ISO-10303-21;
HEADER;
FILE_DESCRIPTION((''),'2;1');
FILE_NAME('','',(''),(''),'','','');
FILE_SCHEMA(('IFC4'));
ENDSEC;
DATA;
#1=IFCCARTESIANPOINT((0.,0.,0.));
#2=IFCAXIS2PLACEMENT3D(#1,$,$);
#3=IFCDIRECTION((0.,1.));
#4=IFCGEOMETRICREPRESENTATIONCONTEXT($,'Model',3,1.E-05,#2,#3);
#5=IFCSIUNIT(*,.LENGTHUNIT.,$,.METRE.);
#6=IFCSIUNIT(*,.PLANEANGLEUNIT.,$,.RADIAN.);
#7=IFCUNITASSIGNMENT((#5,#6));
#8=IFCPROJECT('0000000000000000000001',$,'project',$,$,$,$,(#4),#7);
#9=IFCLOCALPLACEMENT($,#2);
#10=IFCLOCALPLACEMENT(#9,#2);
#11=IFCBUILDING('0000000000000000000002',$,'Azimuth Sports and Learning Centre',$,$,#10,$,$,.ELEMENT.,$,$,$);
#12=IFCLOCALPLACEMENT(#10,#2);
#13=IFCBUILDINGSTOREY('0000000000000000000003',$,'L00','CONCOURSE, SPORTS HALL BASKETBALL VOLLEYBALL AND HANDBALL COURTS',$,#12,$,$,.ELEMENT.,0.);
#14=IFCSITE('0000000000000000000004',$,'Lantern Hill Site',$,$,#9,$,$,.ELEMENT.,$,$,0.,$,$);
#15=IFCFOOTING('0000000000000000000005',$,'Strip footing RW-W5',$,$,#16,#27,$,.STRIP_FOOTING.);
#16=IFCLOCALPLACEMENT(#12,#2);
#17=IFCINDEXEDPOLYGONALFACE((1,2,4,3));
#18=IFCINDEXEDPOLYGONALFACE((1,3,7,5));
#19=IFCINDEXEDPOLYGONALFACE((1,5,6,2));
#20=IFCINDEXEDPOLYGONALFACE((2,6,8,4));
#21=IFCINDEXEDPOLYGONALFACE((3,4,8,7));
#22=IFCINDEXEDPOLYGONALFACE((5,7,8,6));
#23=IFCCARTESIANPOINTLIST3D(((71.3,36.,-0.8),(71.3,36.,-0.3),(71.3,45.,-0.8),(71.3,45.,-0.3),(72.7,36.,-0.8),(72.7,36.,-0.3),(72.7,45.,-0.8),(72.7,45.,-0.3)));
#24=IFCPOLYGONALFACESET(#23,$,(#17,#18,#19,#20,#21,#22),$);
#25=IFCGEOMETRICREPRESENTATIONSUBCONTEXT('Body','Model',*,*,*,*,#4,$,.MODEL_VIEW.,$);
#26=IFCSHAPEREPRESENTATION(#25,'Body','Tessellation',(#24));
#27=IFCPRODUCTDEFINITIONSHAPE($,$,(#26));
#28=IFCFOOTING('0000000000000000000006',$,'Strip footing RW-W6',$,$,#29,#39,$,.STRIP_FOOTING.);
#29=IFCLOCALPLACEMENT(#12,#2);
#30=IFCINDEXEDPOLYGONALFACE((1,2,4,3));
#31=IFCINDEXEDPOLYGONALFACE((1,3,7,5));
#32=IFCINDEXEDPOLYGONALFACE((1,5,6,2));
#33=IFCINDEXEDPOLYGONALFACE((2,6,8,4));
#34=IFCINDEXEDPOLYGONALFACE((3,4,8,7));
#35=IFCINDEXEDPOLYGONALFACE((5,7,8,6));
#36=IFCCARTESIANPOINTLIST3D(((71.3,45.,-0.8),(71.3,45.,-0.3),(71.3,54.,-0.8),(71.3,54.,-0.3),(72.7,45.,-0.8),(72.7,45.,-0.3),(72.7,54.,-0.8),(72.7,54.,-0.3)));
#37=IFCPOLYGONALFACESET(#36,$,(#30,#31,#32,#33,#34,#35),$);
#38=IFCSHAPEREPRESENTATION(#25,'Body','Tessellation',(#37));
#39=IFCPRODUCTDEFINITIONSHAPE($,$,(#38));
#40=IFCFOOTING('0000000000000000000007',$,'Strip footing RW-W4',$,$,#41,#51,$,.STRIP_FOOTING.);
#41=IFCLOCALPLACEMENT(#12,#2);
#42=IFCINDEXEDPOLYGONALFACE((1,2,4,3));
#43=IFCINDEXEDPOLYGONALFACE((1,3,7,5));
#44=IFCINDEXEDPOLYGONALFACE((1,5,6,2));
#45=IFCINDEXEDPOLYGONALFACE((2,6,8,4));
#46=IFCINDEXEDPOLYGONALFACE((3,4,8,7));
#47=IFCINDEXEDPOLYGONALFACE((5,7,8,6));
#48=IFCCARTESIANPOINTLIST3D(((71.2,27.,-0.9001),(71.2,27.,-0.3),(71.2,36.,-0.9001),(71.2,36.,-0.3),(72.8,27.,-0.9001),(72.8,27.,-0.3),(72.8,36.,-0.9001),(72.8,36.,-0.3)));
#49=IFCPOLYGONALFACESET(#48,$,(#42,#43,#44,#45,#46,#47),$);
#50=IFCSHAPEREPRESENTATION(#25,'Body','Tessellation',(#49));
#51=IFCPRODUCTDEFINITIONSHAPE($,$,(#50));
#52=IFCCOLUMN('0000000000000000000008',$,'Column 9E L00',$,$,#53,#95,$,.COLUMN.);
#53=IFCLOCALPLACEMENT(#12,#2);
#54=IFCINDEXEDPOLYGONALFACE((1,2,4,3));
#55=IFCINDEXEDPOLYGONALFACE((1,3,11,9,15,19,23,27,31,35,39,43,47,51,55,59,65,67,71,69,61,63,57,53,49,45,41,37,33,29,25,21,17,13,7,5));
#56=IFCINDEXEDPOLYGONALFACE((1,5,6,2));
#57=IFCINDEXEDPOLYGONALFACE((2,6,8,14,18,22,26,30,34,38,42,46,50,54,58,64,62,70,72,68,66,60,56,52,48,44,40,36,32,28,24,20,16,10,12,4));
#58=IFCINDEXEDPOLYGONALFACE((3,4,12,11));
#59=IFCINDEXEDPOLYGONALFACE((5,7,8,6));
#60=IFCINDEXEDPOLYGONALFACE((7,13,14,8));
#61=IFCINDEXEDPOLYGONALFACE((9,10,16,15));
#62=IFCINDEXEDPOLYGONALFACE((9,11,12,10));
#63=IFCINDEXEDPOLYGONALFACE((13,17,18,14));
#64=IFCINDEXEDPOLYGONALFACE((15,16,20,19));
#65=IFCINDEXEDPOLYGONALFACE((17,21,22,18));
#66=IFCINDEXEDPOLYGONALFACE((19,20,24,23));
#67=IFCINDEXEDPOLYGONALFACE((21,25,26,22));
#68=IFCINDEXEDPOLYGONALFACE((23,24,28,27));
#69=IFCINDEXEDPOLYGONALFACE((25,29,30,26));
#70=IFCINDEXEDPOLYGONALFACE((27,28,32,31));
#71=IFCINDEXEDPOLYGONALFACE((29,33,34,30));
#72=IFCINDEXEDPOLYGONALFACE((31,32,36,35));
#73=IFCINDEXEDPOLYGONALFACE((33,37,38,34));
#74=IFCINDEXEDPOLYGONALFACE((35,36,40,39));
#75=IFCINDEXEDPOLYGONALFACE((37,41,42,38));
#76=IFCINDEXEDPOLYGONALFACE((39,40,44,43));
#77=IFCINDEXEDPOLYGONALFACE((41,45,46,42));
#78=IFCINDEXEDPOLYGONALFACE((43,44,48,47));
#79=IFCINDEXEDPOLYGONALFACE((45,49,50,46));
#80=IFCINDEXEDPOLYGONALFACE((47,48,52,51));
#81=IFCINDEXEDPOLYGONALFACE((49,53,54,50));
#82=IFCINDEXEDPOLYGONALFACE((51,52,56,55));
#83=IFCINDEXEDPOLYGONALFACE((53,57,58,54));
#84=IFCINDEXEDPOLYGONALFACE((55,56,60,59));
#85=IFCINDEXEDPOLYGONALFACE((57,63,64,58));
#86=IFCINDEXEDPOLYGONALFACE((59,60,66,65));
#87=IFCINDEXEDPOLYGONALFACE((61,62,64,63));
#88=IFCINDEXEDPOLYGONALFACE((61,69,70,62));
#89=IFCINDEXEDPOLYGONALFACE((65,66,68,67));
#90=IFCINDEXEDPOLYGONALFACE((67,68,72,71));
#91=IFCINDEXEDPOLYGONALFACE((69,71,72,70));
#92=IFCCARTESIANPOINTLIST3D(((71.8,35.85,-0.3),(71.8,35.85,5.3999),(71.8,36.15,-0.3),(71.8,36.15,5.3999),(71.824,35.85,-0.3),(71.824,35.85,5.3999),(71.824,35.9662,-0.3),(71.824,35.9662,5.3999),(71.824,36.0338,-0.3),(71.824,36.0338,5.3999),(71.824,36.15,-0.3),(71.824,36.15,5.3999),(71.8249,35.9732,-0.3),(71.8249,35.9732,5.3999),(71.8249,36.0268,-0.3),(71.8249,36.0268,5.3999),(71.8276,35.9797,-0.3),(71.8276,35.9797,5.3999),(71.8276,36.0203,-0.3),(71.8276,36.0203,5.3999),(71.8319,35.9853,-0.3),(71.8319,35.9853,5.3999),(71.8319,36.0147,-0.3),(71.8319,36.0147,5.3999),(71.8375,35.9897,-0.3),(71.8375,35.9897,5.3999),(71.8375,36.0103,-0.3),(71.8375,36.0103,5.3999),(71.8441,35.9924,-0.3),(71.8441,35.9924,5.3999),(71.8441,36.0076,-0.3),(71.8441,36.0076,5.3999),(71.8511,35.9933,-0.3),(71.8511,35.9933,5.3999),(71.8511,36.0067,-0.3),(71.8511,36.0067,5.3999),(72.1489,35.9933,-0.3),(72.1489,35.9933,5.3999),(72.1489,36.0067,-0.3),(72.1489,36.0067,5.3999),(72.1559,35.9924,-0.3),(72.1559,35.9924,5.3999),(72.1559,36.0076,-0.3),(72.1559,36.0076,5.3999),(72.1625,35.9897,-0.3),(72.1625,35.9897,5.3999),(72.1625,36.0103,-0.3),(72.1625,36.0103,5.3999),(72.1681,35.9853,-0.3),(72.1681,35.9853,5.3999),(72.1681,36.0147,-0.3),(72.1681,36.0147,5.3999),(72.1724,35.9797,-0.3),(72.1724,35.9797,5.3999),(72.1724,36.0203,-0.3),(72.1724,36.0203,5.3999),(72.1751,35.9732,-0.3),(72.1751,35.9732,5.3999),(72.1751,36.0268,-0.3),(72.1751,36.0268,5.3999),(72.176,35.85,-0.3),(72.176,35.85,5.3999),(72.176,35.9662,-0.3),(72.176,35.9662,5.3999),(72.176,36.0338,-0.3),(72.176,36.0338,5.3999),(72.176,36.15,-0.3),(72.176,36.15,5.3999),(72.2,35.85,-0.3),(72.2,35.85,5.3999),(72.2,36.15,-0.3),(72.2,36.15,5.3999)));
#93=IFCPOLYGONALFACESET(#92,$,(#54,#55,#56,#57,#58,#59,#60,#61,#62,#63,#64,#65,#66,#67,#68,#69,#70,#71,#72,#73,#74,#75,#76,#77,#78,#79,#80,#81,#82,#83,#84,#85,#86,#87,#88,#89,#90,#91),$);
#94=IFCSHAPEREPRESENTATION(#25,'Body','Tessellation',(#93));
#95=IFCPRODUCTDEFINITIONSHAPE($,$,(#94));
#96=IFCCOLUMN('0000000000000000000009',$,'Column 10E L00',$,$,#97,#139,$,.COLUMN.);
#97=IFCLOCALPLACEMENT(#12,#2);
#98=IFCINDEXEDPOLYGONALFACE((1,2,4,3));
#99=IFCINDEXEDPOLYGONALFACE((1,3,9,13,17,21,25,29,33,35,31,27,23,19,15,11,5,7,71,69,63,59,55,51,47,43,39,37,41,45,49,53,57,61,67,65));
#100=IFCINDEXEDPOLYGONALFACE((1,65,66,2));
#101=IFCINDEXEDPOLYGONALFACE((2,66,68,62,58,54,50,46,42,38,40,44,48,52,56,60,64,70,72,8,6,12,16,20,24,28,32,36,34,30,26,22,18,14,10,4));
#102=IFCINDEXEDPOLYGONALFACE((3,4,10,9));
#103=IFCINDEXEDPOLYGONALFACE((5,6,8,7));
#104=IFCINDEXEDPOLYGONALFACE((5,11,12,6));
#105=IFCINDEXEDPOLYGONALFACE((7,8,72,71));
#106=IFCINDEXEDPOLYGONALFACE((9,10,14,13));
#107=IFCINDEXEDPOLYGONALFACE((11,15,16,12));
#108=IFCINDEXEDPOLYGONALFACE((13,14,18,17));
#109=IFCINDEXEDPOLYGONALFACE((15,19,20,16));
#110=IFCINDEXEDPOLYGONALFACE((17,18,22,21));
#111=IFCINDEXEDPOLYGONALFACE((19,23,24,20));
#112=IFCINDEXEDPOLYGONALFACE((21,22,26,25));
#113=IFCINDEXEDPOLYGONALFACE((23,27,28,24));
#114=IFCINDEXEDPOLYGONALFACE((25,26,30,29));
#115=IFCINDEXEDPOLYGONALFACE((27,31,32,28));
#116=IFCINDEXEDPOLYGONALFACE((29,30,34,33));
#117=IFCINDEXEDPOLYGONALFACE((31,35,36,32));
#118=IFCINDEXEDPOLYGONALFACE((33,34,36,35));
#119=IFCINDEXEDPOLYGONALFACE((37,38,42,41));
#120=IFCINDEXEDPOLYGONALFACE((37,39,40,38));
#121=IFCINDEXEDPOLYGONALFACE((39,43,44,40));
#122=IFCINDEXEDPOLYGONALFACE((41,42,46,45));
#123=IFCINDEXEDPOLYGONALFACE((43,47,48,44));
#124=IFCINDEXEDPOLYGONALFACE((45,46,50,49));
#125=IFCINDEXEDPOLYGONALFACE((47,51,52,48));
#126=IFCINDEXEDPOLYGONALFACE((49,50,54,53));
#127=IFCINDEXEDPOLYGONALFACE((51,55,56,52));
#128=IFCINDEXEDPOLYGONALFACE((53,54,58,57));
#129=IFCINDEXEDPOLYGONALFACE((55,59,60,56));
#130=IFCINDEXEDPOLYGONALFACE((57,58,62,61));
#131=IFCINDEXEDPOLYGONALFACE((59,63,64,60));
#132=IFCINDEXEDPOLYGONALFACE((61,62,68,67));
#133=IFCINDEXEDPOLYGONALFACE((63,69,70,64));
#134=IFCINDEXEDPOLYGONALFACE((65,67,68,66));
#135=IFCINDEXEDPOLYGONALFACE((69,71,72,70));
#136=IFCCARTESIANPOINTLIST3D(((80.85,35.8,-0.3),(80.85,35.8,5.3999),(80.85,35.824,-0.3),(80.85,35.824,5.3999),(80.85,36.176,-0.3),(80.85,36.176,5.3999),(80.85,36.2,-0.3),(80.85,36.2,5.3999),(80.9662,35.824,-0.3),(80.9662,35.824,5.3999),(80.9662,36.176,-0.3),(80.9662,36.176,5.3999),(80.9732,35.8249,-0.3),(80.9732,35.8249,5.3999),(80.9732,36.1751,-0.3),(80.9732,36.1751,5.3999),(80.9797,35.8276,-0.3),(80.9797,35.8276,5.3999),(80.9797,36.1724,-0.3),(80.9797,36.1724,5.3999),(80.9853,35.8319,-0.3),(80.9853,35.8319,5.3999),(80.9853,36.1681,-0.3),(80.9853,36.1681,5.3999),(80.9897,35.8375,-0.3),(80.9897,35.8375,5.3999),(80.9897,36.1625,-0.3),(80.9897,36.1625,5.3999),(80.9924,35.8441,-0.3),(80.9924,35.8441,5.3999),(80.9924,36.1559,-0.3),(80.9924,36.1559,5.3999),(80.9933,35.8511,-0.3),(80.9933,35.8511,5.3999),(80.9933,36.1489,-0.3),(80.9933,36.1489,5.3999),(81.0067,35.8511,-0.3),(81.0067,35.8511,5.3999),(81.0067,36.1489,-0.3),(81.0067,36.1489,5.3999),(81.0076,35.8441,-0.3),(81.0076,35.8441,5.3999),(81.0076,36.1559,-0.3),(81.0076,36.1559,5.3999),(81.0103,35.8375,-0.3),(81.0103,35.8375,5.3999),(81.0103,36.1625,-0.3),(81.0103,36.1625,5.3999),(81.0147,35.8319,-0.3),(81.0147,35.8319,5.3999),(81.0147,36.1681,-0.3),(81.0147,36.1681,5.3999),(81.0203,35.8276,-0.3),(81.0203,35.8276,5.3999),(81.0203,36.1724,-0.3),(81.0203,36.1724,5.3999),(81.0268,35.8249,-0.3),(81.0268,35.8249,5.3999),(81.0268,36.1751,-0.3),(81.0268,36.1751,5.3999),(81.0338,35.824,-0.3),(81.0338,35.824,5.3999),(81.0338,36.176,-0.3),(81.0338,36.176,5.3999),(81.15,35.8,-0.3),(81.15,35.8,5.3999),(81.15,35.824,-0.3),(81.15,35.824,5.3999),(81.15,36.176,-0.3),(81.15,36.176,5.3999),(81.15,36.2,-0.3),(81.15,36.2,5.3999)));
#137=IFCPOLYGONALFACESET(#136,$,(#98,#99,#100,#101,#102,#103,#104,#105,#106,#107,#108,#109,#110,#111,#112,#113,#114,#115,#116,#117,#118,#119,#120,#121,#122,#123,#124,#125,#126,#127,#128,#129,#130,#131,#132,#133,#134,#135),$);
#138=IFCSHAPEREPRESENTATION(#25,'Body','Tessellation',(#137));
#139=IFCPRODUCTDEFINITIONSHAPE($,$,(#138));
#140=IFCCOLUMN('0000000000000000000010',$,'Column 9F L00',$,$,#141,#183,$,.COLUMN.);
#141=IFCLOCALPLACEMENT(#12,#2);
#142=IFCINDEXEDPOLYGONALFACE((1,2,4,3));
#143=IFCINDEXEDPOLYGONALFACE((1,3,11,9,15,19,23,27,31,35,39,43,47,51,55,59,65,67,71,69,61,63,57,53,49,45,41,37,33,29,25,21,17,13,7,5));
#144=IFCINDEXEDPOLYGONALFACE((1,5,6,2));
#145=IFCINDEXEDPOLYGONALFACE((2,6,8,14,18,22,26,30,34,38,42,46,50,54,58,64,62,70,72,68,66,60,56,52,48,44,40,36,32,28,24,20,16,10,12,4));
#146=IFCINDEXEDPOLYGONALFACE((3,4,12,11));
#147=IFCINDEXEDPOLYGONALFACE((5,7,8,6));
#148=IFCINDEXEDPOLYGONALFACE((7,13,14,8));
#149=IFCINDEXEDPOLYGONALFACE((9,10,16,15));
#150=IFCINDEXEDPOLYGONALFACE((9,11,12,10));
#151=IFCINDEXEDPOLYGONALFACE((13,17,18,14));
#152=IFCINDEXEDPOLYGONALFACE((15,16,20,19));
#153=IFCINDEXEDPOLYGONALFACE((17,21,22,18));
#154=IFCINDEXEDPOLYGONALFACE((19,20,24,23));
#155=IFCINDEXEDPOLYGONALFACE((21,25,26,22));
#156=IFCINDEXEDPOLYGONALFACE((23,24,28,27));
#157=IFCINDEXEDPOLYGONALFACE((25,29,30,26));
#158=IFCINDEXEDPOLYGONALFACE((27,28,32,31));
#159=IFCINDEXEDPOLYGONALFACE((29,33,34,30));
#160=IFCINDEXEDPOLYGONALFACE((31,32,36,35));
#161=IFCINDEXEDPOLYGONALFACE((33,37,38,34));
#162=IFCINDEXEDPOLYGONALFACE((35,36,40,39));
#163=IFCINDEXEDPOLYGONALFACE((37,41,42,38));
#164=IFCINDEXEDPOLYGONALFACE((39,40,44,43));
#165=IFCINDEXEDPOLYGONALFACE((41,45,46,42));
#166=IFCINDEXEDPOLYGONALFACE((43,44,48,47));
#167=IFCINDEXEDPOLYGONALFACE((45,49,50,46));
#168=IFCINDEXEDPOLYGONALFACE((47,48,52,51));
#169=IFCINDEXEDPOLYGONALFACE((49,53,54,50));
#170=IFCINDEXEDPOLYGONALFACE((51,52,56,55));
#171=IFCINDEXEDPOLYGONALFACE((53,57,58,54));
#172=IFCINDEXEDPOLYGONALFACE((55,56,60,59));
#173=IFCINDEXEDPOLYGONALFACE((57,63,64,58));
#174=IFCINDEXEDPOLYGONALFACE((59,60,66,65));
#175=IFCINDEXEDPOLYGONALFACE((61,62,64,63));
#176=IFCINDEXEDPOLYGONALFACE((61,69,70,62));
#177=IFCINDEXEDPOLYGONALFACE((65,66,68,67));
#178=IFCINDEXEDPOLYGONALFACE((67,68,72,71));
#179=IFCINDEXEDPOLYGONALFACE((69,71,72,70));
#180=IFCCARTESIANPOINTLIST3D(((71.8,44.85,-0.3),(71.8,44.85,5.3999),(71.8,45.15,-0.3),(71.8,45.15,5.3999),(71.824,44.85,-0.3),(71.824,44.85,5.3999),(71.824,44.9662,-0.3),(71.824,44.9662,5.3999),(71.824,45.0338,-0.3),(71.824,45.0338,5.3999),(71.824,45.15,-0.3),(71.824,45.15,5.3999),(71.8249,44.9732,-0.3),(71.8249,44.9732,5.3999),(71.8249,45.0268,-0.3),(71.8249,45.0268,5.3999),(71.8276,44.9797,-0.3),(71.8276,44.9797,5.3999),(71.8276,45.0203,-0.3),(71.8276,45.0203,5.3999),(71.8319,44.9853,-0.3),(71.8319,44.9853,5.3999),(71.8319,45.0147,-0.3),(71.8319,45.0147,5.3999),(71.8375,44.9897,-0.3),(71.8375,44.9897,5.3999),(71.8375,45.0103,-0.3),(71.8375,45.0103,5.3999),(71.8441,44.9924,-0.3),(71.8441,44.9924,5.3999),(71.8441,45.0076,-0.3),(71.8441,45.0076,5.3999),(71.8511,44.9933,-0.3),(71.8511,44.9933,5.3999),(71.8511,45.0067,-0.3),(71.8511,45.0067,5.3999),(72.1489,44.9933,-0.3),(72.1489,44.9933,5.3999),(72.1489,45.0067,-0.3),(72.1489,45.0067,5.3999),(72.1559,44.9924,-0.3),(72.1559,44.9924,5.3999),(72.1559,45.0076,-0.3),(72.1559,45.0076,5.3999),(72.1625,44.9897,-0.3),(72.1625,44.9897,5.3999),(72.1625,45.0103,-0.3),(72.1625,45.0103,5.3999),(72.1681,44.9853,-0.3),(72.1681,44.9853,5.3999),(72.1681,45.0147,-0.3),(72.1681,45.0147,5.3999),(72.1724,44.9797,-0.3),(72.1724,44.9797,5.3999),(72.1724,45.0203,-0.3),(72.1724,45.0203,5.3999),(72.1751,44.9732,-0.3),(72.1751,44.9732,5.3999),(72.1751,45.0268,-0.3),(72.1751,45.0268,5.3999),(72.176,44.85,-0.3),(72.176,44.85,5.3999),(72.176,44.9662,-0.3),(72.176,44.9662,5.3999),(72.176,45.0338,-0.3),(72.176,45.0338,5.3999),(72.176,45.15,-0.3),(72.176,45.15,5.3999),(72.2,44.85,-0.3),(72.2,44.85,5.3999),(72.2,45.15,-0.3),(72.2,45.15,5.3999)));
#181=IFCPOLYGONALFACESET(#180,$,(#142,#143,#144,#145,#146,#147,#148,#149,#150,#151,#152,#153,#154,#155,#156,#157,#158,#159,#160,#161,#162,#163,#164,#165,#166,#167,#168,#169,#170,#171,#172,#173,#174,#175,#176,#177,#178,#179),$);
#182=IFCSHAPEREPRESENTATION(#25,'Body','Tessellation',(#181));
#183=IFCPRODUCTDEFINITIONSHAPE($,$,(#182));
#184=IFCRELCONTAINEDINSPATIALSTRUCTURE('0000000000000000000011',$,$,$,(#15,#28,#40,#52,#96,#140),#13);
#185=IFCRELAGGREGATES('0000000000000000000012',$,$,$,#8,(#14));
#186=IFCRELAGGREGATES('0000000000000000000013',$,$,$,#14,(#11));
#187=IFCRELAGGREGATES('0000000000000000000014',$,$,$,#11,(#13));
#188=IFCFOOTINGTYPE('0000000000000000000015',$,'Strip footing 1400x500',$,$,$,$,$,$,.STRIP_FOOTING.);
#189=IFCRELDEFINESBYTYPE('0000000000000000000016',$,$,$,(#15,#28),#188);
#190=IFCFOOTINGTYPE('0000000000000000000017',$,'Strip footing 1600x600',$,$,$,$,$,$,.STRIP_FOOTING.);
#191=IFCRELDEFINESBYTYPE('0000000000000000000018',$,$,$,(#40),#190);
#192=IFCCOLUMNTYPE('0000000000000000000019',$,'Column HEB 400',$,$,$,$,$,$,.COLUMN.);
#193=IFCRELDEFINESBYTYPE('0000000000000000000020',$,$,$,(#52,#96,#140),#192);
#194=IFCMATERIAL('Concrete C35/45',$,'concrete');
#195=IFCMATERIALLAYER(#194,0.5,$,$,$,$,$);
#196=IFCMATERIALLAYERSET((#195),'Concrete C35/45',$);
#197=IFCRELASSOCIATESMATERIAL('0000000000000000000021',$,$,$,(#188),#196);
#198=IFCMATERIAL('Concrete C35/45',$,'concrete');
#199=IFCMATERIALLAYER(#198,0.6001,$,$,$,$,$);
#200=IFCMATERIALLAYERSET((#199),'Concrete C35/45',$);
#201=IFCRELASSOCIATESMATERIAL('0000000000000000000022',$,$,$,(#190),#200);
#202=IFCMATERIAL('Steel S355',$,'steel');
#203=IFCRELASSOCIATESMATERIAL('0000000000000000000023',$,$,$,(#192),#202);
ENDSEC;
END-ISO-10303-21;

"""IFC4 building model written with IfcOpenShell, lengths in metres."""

from ifc_helpers import new_model, si_unit, direction, frame, origin, origin_2d, place, context, subcontext, project, spatial, rectangle, i_section, extrude, material, layer, layer_set, material_profile, profile_set, type_object, element, save


model = new_model("IFC4")

# Units and contexts
model_context = context("Model", 3, precision=1e-05, world=origin(), true_north=direction((0.0, 1.0)))
body_context = subcontext(model_context, "Body", "Model", "MODEL_VIEW")
ifc_project = project(units=[si_unit("LENGTHUNIT", "METRE"), si_unit("PLANEANGLEUNIT", "RADIAN")], contexts=[model_context])

# Site, building, storey
site_placement = place(None, origin())
site = spatial("IfcSite", under=ifc_project, at=site_placement, Name="Lantern Hill Site", CompositionType="ELEMENT", RefElevation=0.0)
building_placement = place(site_placement, origin())
building = spatial("IfcBuilding", under=site, at=building_placement, Name="Azimuth Sports and Learning Centre", CompositionType="ELEMENT")
storey_placement = place(building_placement, origin())
storey = spatial("IfcBuildingStorey", under=building, at=storey_placement, Name="L00", Description="CONCOURSE, SPORTS HALL BASKETBALL VOLLEYBALL AND HANDBALL COURTS", CompositionType="ELEMENT", Elevation=0.0)

# Footings
ifc_material_1 = material(Name="Concrete C35/45", Category="concrete")
ifc_layer_1 = layer(ifc_material_1, 0.5)
ifc_layer_set_1 = layer_set([ifc_layer_1], Name="Concrete C35/45")
footing_type_1 = type_object("IfcFootingType", Name="Strip footing 1400x500", PredefinedType="STRIP_FOOTING", material=ifc_layer_set_1)
for number, where, z_axis, x_axis, name in (
    (1, (72.0, 40.5, -0.8), (0.0, 0.0, 1.0), (1.0, 0.0, 0.0), "Strip footing RW-W5"),
    (2, (72.0, 49.5, -0.8), (0.0, 0.0, 1.0), (1.0, 0.0, 0.0), "Strip footing RW-W6"),
):
    element("IfcFooting", number, at=place(storey_placement, frame(where, z_axis=z_axis, x_axis=x_axis)), inside=storey, type_object=footing_type_1, Name=name, PredefinedType="STRIP_FOOTING", context=body_context, shape_type="SweptSolid", body=[
        extrude(rectangle(XDim=1.3999, YDim=9.0, at=origin_2d()), origin(), (0.0, 0.0, 1.0), 0.5),
    ])
ifc_material_2 = material(Name="Concrete C35/45", Category="concrete")
ifc_layer_2 = layer(ifc_material_2, 0.6001)
ifc_layer_set_2 = layer_set([ifc_layer_2], Name="Concrete C35/45")
footing_type_2 = type_object("IfcFootingType", Name="Strip footing 1600x600", PredefinedType="STRIP_FOOTING", material=ifc_layer_set_2)
footing_placement = place(storey_placement, frame((72.0, 31.5, -0.9001), z_axis=(0.0, 0.0, 1.0), x_axis=(1.0, 0.0, 0.0)))
element("IfcFooting", 3, at=footing_placement, inside=storey, type_object=footing_type_2, Name="Strip footing RW-W4", PredefinedType="STRIP_FOOTING", context=body_context, shape_type="SweptSolid", body=[
    extrude(rectangle(XDim=1.6001, YDim=9.0, at=origin_2d()), origin(), (0.0, 0.0, 1.0), 0.6001),
])

# Columns
ifc_material_3 = material(Name="Steel S355", Category="steel")
ifc_material_profile_1 = material_profile(ifc_material_3, i_section(OverallWidth=0.3, OverallDepth=0.3999, WebThickness=0.0134, FlangeThickness=0.0239, FilletRadius=0.0271, at=origin_2d()), Name="HEB 400")
ifc_profile_set_1 = profile_set([ifc_material_profile_1], Name="Steel S355")
column_type = type_object("IfcColumnType", Name="Column HEB 400", PredefinedType="COLUMN", material=ifc_profile_set_1)
for number, where, z_axis, x_axis, name in (
    (4, (72.0, 36.0, -0.3), (0.0, 0.0, 1.0), (0.0, 1.0, 0.0), "Column 9E L00"),
    (5, (81.0, 36.0, -0.3), (0.0, 0.0, 1.0), (1.0, 0.0, 0.0), "Column 10E L00"),
    (6, (72.0, 45.0, -0.3), (0.0, 0.0, 1.0), (0.0, 1.0, 0.0), "Column 9F L00"),
):
    element("IfcColumn", number, at=place(storey_placement, frame(where, z_axis=z_axis, x_axis=x_axis)), inside=storey, type_object=column_type, Name=name, PredefinedType="COLUMN", context=body_context, shape_type="SweptSolid", body=[
        extrude(i_section(OverallWidth=0.3, OverallDepth=0.3999, WebThickness=0.0134, FlangeThickness=0.0239, FilletRadius=0.0271, at=origin_2d()), origin(), (0.0, 0.0, 1.0), 5.7),
    ])

save(model, "model.ifc")
